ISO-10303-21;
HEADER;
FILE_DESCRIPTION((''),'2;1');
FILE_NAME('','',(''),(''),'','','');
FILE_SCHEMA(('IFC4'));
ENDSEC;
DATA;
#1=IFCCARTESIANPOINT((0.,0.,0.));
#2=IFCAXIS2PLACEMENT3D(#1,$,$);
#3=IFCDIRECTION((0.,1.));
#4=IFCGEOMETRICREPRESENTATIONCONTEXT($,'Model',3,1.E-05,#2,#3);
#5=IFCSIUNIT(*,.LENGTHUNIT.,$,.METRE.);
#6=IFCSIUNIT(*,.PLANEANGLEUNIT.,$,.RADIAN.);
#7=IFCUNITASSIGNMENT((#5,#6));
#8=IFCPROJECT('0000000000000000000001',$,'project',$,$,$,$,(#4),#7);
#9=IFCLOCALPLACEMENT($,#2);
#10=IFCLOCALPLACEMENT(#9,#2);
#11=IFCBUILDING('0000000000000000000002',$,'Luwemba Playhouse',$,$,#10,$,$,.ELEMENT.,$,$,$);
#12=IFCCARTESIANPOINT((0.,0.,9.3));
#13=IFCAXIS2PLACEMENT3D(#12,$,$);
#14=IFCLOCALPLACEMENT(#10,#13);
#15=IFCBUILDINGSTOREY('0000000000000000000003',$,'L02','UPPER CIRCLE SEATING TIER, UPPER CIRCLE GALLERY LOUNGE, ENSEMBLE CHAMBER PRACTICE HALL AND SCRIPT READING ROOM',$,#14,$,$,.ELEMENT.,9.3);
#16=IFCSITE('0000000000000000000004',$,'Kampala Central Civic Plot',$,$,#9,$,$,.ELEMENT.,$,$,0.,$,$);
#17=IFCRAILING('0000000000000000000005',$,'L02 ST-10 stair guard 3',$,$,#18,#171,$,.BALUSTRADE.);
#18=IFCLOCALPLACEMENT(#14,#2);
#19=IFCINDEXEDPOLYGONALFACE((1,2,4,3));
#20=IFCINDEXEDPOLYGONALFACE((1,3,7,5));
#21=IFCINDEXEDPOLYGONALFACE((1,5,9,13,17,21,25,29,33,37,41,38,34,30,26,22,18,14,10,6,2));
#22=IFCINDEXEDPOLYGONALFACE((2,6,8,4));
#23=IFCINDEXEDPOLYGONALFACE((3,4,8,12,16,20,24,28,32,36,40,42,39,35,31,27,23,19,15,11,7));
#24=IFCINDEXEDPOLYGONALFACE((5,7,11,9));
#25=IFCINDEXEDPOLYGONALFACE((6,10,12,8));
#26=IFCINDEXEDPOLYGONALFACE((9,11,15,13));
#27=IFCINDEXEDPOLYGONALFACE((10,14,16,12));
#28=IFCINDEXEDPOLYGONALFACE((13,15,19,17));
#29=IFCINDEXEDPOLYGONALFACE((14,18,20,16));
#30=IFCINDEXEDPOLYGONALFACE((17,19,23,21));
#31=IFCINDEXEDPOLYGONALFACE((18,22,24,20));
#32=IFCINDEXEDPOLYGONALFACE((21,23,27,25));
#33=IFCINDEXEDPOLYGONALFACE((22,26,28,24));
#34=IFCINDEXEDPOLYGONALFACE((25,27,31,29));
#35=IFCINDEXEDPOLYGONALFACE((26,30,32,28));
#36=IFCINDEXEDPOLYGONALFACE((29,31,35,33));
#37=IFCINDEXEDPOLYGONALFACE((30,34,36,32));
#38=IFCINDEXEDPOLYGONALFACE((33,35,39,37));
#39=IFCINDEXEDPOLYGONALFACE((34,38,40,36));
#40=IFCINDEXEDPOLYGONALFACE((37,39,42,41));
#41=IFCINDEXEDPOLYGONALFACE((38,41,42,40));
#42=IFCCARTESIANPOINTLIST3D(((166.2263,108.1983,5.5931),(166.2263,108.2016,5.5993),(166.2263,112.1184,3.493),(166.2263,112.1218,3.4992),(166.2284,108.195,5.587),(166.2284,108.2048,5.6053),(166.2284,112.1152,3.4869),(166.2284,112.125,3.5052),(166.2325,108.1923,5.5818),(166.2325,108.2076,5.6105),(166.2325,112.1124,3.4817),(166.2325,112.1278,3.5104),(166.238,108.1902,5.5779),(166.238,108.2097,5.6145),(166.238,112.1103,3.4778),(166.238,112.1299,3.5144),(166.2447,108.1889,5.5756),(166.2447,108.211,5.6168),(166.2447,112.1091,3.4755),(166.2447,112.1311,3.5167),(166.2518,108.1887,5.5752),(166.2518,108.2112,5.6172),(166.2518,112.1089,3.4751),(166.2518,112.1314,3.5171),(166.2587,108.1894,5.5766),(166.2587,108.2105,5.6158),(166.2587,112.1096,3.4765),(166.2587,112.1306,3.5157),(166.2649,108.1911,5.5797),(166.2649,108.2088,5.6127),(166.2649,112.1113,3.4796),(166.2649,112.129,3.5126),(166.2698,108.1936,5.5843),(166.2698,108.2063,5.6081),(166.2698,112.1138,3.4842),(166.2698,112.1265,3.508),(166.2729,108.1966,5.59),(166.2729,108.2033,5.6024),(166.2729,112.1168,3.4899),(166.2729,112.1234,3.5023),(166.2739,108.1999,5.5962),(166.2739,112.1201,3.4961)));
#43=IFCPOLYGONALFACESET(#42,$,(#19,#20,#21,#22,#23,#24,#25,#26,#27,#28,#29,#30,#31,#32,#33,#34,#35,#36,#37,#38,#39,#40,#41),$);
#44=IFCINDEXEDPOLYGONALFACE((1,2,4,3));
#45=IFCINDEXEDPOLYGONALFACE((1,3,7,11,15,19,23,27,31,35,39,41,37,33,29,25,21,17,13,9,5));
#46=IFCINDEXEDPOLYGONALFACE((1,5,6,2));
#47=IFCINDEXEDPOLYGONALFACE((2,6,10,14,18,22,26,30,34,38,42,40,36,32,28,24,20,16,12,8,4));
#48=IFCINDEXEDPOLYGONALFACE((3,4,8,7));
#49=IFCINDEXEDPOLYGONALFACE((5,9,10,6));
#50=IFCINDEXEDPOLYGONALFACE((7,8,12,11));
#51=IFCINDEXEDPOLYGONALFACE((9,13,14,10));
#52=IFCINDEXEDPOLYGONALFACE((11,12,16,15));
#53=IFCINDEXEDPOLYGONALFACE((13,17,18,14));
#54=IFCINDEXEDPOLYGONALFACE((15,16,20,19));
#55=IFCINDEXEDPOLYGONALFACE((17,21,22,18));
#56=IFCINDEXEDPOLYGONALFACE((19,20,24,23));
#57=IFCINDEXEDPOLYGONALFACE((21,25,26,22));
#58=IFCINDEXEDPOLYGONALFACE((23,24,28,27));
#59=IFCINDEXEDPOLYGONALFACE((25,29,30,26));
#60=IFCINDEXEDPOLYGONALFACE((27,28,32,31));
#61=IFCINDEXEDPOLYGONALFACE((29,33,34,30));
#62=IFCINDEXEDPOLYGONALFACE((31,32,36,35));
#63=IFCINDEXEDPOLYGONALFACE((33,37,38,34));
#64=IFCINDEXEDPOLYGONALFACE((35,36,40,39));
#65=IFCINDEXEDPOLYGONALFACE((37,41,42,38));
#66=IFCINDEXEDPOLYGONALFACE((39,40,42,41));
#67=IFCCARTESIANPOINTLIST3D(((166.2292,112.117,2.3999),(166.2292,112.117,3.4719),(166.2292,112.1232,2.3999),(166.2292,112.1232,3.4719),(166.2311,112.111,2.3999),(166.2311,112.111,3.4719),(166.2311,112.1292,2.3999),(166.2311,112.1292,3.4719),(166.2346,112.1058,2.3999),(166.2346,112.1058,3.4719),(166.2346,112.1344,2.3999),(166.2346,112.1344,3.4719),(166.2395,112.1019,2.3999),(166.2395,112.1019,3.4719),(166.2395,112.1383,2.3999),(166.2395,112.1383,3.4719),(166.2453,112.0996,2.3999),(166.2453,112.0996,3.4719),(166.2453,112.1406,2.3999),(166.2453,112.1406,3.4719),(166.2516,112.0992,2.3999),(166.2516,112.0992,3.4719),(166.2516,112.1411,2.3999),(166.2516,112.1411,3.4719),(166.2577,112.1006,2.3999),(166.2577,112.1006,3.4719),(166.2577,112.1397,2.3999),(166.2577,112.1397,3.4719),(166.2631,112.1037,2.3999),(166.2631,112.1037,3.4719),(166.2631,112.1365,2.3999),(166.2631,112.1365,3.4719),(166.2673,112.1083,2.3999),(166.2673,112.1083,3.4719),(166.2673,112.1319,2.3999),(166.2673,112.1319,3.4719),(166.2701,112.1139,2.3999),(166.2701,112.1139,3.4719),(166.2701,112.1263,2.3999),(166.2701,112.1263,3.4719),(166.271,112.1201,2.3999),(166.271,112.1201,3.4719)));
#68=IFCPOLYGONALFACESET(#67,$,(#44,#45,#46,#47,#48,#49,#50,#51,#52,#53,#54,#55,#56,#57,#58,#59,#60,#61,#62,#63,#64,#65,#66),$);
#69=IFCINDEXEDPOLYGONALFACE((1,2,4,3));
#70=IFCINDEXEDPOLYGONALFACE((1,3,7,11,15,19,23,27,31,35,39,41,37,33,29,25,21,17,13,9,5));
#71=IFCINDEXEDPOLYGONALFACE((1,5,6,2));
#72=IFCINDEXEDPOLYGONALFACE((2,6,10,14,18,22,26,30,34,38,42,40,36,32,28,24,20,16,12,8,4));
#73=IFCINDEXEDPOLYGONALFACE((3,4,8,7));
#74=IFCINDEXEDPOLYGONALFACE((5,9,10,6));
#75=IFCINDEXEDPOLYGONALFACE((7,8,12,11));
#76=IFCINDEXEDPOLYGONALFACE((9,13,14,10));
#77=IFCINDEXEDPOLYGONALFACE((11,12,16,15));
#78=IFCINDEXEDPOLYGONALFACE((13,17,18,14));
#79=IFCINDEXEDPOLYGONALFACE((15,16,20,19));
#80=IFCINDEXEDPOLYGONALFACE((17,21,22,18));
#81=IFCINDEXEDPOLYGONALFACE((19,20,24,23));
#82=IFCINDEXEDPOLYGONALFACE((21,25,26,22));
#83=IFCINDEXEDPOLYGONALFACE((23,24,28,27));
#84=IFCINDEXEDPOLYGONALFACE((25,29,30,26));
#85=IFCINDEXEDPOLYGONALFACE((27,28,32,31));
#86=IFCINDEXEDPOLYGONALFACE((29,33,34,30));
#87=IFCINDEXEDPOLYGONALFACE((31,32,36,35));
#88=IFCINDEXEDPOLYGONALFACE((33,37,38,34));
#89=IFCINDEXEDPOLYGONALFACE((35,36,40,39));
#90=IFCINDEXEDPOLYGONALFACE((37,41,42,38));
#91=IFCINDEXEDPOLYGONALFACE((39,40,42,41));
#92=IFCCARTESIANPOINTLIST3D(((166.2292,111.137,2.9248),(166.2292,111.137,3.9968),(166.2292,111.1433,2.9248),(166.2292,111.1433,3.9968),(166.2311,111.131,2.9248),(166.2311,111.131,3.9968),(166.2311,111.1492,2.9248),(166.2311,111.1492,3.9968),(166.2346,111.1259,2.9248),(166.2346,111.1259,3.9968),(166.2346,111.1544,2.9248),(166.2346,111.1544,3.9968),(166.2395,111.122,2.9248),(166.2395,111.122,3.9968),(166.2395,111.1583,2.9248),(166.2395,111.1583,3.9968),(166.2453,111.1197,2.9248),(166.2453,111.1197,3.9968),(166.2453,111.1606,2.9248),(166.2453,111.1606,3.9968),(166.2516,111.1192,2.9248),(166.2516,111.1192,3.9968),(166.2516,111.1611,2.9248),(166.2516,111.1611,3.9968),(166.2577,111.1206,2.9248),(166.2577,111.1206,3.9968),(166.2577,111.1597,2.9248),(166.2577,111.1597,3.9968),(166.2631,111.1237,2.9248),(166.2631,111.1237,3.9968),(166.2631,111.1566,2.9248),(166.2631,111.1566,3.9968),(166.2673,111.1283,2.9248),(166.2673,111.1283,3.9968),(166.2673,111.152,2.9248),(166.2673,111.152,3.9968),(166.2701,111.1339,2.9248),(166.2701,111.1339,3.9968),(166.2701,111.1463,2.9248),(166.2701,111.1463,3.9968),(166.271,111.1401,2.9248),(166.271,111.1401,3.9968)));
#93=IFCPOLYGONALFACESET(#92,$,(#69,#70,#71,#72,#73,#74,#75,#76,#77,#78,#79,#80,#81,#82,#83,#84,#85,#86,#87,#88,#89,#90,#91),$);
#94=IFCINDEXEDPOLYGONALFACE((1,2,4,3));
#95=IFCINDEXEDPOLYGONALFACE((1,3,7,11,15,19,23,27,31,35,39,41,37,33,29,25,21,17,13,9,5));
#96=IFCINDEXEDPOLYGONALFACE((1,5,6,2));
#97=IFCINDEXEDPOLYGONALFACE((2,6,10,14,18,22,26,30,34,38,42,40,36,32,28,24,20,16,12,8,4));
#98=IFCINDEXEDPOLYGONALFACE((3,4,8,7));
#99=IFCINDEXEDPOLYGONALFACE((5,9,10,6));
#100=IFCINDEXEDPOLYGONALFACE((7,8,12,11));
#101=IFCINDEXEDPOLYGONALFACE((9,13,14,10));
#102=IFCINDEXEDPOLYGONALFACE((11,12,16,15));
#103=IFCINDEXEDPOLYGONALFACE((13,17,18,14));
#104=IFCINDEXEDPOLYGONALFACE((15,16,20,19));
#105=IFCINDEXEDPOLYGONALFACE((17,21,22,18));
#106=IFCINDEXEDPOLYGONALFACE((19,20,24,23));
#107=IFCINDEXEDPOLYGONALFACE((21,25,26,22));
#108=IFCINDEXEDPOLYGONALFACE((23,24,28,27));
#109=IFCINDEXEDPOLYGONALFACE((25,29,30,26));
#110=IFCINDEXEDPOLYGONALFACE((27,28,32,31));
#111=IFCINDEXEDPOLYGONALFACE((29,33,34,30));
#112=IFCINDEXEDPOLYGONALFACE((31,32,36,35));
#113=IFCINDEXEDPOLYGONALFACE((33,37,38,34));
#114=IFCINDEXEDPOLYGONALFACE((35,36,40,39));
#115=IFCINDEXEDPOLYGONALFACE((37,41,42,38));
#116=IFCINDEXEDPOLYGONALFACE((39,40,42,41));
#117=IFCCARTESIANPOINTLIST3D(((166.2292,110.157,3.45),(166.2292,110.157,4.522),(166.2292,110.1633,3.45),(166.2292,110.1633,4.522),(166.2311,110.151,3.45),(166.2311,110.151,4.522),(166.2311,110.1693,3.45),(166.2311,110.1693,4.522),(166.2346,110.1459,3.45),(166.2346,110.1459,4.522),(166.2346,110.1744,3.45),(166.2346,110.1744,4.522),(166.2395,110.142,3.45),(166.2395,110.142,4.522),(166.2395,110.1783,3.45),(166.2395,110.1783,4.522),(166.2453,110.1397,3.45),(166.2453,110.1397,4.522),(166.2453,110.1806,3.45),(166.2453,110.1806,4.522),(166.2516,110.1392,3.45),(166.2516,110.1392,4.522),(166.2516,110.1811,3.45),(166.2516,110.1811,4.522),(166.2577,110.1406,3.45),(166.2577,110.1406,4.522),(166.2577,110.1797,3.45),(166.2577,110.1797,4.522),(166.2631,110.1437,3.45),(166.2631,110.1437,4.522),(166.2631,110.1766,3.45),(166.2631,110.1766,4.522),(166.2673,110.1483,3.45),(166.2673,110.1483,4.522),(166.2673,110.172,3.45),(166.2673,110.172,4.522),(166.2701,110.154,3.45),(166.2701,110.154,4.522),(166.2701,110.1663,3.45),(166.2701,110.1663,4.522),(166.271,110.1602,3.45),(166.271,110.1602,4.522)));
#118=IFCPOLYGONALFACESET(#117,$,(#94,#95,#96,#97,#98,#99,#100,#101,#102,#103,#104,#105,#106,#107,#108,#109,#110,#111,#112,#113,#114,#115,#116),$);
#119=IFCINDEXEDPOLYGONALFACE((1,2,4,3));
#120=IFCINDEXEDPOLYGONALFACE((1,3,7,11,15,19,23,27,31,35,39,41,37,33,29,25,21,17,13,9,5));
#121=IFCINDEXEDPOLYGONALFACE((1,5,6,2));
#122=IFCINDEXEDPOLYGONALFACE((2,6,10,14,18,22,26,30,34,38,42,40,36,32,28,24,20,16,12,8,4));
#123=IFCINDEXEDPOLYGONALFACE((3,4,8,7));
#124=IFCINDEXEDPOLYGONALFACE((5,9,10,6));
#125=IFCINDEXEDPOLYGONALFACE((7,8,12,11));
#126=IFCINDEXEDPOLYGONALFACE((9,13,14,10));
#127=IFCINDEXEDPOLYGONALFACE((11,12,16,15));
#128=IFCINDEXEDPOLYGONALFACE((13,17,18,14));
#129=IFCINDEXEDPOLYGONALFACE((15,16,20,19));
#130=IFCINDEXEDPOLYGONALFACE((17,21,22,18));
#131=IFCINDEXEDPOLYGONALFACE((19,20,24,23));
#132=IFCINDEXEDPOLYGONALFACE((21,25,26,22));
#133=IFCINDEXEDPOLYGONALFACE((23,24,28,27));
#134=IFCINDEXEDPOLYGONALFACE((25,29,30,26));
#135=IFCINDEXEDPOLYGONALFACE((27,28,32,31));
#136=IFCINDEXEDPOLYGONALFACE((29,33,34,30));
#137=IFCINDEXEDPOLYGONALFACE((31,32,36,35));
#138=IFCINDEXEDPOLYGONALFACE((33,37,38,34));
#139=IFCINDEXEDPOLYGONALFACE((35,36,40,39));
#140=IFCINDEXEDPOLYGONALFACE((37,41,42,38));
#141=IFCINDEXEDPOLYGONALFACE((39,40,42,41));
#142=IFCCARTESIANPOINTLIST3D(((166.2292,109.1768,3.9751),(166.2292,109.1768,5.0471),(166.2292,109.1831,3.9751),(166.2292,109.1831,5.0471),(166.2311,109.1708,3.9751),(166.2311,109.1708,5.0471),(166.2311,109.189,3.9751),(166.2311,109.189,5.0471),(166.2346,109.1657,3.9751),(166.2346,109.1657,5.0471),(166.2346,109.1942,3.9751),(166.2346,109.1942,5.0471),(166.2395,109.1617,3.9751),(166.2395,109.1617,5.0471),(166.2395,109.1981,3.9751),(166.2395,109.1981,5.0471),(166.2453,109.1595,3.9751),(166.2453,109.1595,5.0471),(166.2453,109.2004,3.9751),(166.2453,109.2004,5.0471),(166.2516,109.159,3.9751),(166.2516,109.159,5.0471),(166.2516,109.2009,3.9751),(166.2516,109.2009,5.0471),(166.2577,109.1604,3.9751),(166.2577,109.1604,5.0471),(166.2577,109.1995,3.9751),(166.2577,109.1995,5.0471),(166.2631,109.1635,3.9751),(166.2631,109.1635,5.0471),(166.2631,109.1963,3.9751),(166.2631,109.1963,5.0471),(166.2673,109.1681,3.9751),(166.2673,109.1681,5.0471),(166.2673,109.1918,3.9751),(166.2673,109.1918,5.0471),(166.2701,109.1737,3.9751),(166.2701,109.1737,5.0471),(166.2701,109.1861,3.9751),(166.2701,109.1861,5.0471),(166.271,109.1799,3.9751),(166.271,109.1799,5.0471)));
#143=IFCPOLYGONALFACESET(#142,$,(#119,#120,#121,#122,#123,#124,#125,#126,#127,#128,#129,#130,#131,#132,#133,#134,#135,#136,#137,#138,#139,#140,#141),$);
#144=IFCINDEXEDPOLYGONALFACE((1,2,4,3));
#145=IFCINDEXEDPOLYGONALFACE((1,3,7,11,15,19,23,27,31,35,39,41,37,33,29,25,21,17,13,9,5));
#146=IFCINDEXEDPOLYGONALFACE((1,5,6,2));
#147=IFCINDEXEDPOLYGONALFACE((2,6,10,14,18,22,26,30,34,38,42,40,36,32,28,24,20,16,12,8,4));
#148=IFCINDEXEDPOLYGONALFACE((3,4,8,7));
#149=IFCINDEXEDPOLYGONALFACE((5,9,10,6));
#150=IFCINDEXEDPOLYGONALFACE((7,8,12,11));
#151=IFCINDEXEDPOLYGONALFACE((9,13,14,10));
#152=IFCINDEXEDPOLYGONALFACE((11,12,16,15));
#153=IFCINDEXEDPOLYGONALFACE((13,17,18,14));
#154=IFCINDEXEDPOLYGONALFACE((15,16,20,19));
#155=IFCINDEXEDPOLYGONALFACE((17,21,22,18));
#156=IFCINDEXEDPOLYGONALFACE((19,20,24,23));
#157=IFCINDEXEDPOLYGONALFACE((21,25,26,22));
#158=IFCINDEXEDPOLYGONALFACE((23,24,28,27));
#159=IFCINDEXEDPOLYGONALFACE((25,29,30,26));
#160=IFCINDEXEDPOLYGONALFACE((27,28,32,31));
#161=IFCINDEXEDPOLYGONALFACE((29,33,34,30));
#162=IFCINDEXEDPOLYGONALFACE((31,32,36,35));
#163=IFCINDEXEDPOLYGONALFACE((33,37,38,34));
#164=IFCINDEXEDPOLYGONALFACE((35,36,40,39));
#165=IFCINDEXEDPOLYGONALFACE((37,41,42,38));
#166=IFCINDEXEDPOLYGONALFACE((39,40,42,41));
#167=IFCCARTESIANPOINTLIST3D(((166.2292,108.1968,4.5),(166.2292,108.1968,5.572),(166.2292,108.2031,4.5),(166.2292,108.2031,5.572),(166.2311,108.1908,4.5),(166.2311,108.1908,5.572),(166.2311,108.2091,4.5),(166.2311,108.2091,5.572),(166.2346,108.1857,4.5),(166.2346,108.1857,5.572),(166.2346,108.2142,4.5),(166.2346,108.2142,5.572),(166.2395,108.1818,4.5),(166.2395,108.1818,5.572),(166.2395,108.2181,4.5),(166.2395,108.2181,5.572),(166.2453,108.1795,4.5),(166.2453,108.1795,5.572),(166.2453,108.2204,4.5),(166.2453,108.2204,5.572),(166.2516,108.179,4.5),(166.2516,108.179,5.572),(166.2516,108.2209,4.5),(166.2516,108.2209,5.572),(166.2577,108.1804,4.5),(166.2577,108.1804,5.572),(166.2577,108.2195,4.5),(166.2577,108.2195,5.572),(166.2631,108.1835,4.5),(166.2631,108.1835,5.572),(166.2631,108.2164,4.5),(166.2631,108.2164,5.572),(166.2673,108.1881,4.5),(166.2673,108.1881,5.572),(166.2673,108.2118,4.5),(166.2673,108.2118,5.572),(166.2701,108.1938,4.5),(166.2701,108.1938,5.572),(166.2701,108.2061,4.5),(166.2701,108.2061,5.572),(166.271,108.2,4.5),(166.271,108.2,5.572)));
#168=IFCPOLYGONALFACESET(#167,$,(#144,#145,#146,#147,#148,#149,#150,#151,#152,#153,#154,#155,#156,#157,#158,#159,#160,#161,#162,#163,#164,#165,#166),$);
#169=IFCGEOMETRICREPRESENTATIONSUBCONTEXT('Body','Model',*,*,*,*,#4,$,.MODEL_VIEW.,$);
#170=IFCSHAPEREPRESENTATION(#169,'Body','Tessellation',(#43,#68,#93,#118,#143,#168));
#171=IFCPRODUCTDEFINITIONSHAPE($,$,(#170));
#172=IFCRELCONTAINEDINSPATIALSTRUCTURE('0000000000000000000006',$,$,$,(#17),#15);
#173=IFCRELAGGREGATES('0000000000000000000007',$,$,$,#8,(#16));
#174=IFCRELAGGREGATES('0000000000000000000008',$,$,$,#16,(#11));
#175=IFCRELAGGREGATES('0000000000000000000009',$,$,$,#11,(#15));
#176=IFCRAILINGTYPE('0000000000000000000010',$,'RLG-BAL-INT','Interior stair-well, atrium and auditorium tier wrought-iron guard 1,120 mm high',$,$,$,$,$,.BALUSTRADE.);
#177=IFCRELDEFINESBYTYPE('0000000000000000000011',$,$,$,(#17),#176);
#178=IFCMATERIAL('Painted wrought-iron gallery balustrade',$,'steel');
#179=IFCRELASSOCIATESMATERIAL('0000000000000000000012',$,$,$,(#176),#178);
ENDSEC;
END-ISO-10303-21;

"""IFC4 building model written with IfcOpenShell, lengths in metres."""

from ifc_helpers import new_model, si_unit, direction, frame, origin, origin_2d, place, context, subcontext, project, spatial, circle, extrude, material, type_object, element, save


model = new_model("IFC4")

# Units and contexts
model_context = context("Model", 3, precision=1e-05, world=origin(), true_north=direction((0.0, 1.0)))
body_context = subcontext(model_context, "Body", "Model", "MODEL_VIEW")
ifc_project = project(units=[si_unit("LENGTHUNIT", "METRE"), si_unit("PLANEANGLEUNIT", "RADIAN")], contexts=[model_context])

# Site, building, storey
site_placement = place(None, origin())
site = spatial("IfcSite", under=ifc_project, at=site_placement, Name="Kampala Central Civic Plot", CompositionType="ELEMENT", RefElevation=0.0)
building_placement = place(site_placement, origin())
building = spatial("IfcBuilding", under=site, at=building_placement, Name="Luwemba Playhouse", CompositionType="ELEMENT")
storey_placement = place(building_placement, frame((0.0, 0.0, 9.3)))
storey = spatial("IfcBuildingStorey", under=building, at=storey_placement, Name="L02", Description="UPPER CIRCLE SEATING TIER, UPPER CIRCLE GALLERY LOUNGE, ENSEMBLE CHAMBER PRACTICE HALL AND SCRIPT READING ROOM", CompositionType="ELEMENT", Elevation=9.3)

# Railing
ifc_material_1 = material(Name="Painted wrought-iron gallery balustrade", Category="steel")
railing_type_1 = type_object("IfcRailingType", Name="RLG-BAL-INT", Description="Interior stair-well, atrium and auditorium tier wrought-iron guard 1,120 mm high", PredefinedType="BALUSTRADE", material=ifc_material_1)
railing_1_placement = place(storey_placement, frame((166.25, 112.1201, 2.3999)))
element("IfcRailing", 1, at=railing_1_placement, inside=storey, type_object=railing_type_1, Name="L02 ST-10 stair guard 3", PredefinedType="BALUSTRADE", context=body_context, shape_type="SweptSolid", body=[
    extrude(circle(Radius=0.0239, at=origin_2d()), frame((0.0, 0.0, 1.0962), z_axis=(0.0, -0.881479, 0.472223), x_axis=(1.0, 0.0, 0.0)), (0.0, 0.0, 1.0), 4.4473),
    extrude(circle(Radius=0.021, at=origin_2d()), origin(), (0.0, 0.0, 1.0), 1.072),
    extrude(circle(Radius=0.021, at=origin_2d()), frame((0.0, -0.98, 0.5249)), (0.0, 0.0, 1.0), 1.072),
    extrude(circle(Radius=0.021, at=origin_2d()), frame((0.0, -1.96, 1.05)), (0.0, 0.0, 1.0), 1.072),
    extrude(circle(Radius=0.021, at=origin_2d()), frame((0.0, -2.9402, 1.5752)), (0.0, 0.0, 1.0), 1.072),
    extrude(circle(Radius=0.021, at=origin_2d()), frame((0.0, -3.9202, 2.1001)), (0.0, 0.0, 1.0), 1.072),
])

save(model, "model.ifc")
